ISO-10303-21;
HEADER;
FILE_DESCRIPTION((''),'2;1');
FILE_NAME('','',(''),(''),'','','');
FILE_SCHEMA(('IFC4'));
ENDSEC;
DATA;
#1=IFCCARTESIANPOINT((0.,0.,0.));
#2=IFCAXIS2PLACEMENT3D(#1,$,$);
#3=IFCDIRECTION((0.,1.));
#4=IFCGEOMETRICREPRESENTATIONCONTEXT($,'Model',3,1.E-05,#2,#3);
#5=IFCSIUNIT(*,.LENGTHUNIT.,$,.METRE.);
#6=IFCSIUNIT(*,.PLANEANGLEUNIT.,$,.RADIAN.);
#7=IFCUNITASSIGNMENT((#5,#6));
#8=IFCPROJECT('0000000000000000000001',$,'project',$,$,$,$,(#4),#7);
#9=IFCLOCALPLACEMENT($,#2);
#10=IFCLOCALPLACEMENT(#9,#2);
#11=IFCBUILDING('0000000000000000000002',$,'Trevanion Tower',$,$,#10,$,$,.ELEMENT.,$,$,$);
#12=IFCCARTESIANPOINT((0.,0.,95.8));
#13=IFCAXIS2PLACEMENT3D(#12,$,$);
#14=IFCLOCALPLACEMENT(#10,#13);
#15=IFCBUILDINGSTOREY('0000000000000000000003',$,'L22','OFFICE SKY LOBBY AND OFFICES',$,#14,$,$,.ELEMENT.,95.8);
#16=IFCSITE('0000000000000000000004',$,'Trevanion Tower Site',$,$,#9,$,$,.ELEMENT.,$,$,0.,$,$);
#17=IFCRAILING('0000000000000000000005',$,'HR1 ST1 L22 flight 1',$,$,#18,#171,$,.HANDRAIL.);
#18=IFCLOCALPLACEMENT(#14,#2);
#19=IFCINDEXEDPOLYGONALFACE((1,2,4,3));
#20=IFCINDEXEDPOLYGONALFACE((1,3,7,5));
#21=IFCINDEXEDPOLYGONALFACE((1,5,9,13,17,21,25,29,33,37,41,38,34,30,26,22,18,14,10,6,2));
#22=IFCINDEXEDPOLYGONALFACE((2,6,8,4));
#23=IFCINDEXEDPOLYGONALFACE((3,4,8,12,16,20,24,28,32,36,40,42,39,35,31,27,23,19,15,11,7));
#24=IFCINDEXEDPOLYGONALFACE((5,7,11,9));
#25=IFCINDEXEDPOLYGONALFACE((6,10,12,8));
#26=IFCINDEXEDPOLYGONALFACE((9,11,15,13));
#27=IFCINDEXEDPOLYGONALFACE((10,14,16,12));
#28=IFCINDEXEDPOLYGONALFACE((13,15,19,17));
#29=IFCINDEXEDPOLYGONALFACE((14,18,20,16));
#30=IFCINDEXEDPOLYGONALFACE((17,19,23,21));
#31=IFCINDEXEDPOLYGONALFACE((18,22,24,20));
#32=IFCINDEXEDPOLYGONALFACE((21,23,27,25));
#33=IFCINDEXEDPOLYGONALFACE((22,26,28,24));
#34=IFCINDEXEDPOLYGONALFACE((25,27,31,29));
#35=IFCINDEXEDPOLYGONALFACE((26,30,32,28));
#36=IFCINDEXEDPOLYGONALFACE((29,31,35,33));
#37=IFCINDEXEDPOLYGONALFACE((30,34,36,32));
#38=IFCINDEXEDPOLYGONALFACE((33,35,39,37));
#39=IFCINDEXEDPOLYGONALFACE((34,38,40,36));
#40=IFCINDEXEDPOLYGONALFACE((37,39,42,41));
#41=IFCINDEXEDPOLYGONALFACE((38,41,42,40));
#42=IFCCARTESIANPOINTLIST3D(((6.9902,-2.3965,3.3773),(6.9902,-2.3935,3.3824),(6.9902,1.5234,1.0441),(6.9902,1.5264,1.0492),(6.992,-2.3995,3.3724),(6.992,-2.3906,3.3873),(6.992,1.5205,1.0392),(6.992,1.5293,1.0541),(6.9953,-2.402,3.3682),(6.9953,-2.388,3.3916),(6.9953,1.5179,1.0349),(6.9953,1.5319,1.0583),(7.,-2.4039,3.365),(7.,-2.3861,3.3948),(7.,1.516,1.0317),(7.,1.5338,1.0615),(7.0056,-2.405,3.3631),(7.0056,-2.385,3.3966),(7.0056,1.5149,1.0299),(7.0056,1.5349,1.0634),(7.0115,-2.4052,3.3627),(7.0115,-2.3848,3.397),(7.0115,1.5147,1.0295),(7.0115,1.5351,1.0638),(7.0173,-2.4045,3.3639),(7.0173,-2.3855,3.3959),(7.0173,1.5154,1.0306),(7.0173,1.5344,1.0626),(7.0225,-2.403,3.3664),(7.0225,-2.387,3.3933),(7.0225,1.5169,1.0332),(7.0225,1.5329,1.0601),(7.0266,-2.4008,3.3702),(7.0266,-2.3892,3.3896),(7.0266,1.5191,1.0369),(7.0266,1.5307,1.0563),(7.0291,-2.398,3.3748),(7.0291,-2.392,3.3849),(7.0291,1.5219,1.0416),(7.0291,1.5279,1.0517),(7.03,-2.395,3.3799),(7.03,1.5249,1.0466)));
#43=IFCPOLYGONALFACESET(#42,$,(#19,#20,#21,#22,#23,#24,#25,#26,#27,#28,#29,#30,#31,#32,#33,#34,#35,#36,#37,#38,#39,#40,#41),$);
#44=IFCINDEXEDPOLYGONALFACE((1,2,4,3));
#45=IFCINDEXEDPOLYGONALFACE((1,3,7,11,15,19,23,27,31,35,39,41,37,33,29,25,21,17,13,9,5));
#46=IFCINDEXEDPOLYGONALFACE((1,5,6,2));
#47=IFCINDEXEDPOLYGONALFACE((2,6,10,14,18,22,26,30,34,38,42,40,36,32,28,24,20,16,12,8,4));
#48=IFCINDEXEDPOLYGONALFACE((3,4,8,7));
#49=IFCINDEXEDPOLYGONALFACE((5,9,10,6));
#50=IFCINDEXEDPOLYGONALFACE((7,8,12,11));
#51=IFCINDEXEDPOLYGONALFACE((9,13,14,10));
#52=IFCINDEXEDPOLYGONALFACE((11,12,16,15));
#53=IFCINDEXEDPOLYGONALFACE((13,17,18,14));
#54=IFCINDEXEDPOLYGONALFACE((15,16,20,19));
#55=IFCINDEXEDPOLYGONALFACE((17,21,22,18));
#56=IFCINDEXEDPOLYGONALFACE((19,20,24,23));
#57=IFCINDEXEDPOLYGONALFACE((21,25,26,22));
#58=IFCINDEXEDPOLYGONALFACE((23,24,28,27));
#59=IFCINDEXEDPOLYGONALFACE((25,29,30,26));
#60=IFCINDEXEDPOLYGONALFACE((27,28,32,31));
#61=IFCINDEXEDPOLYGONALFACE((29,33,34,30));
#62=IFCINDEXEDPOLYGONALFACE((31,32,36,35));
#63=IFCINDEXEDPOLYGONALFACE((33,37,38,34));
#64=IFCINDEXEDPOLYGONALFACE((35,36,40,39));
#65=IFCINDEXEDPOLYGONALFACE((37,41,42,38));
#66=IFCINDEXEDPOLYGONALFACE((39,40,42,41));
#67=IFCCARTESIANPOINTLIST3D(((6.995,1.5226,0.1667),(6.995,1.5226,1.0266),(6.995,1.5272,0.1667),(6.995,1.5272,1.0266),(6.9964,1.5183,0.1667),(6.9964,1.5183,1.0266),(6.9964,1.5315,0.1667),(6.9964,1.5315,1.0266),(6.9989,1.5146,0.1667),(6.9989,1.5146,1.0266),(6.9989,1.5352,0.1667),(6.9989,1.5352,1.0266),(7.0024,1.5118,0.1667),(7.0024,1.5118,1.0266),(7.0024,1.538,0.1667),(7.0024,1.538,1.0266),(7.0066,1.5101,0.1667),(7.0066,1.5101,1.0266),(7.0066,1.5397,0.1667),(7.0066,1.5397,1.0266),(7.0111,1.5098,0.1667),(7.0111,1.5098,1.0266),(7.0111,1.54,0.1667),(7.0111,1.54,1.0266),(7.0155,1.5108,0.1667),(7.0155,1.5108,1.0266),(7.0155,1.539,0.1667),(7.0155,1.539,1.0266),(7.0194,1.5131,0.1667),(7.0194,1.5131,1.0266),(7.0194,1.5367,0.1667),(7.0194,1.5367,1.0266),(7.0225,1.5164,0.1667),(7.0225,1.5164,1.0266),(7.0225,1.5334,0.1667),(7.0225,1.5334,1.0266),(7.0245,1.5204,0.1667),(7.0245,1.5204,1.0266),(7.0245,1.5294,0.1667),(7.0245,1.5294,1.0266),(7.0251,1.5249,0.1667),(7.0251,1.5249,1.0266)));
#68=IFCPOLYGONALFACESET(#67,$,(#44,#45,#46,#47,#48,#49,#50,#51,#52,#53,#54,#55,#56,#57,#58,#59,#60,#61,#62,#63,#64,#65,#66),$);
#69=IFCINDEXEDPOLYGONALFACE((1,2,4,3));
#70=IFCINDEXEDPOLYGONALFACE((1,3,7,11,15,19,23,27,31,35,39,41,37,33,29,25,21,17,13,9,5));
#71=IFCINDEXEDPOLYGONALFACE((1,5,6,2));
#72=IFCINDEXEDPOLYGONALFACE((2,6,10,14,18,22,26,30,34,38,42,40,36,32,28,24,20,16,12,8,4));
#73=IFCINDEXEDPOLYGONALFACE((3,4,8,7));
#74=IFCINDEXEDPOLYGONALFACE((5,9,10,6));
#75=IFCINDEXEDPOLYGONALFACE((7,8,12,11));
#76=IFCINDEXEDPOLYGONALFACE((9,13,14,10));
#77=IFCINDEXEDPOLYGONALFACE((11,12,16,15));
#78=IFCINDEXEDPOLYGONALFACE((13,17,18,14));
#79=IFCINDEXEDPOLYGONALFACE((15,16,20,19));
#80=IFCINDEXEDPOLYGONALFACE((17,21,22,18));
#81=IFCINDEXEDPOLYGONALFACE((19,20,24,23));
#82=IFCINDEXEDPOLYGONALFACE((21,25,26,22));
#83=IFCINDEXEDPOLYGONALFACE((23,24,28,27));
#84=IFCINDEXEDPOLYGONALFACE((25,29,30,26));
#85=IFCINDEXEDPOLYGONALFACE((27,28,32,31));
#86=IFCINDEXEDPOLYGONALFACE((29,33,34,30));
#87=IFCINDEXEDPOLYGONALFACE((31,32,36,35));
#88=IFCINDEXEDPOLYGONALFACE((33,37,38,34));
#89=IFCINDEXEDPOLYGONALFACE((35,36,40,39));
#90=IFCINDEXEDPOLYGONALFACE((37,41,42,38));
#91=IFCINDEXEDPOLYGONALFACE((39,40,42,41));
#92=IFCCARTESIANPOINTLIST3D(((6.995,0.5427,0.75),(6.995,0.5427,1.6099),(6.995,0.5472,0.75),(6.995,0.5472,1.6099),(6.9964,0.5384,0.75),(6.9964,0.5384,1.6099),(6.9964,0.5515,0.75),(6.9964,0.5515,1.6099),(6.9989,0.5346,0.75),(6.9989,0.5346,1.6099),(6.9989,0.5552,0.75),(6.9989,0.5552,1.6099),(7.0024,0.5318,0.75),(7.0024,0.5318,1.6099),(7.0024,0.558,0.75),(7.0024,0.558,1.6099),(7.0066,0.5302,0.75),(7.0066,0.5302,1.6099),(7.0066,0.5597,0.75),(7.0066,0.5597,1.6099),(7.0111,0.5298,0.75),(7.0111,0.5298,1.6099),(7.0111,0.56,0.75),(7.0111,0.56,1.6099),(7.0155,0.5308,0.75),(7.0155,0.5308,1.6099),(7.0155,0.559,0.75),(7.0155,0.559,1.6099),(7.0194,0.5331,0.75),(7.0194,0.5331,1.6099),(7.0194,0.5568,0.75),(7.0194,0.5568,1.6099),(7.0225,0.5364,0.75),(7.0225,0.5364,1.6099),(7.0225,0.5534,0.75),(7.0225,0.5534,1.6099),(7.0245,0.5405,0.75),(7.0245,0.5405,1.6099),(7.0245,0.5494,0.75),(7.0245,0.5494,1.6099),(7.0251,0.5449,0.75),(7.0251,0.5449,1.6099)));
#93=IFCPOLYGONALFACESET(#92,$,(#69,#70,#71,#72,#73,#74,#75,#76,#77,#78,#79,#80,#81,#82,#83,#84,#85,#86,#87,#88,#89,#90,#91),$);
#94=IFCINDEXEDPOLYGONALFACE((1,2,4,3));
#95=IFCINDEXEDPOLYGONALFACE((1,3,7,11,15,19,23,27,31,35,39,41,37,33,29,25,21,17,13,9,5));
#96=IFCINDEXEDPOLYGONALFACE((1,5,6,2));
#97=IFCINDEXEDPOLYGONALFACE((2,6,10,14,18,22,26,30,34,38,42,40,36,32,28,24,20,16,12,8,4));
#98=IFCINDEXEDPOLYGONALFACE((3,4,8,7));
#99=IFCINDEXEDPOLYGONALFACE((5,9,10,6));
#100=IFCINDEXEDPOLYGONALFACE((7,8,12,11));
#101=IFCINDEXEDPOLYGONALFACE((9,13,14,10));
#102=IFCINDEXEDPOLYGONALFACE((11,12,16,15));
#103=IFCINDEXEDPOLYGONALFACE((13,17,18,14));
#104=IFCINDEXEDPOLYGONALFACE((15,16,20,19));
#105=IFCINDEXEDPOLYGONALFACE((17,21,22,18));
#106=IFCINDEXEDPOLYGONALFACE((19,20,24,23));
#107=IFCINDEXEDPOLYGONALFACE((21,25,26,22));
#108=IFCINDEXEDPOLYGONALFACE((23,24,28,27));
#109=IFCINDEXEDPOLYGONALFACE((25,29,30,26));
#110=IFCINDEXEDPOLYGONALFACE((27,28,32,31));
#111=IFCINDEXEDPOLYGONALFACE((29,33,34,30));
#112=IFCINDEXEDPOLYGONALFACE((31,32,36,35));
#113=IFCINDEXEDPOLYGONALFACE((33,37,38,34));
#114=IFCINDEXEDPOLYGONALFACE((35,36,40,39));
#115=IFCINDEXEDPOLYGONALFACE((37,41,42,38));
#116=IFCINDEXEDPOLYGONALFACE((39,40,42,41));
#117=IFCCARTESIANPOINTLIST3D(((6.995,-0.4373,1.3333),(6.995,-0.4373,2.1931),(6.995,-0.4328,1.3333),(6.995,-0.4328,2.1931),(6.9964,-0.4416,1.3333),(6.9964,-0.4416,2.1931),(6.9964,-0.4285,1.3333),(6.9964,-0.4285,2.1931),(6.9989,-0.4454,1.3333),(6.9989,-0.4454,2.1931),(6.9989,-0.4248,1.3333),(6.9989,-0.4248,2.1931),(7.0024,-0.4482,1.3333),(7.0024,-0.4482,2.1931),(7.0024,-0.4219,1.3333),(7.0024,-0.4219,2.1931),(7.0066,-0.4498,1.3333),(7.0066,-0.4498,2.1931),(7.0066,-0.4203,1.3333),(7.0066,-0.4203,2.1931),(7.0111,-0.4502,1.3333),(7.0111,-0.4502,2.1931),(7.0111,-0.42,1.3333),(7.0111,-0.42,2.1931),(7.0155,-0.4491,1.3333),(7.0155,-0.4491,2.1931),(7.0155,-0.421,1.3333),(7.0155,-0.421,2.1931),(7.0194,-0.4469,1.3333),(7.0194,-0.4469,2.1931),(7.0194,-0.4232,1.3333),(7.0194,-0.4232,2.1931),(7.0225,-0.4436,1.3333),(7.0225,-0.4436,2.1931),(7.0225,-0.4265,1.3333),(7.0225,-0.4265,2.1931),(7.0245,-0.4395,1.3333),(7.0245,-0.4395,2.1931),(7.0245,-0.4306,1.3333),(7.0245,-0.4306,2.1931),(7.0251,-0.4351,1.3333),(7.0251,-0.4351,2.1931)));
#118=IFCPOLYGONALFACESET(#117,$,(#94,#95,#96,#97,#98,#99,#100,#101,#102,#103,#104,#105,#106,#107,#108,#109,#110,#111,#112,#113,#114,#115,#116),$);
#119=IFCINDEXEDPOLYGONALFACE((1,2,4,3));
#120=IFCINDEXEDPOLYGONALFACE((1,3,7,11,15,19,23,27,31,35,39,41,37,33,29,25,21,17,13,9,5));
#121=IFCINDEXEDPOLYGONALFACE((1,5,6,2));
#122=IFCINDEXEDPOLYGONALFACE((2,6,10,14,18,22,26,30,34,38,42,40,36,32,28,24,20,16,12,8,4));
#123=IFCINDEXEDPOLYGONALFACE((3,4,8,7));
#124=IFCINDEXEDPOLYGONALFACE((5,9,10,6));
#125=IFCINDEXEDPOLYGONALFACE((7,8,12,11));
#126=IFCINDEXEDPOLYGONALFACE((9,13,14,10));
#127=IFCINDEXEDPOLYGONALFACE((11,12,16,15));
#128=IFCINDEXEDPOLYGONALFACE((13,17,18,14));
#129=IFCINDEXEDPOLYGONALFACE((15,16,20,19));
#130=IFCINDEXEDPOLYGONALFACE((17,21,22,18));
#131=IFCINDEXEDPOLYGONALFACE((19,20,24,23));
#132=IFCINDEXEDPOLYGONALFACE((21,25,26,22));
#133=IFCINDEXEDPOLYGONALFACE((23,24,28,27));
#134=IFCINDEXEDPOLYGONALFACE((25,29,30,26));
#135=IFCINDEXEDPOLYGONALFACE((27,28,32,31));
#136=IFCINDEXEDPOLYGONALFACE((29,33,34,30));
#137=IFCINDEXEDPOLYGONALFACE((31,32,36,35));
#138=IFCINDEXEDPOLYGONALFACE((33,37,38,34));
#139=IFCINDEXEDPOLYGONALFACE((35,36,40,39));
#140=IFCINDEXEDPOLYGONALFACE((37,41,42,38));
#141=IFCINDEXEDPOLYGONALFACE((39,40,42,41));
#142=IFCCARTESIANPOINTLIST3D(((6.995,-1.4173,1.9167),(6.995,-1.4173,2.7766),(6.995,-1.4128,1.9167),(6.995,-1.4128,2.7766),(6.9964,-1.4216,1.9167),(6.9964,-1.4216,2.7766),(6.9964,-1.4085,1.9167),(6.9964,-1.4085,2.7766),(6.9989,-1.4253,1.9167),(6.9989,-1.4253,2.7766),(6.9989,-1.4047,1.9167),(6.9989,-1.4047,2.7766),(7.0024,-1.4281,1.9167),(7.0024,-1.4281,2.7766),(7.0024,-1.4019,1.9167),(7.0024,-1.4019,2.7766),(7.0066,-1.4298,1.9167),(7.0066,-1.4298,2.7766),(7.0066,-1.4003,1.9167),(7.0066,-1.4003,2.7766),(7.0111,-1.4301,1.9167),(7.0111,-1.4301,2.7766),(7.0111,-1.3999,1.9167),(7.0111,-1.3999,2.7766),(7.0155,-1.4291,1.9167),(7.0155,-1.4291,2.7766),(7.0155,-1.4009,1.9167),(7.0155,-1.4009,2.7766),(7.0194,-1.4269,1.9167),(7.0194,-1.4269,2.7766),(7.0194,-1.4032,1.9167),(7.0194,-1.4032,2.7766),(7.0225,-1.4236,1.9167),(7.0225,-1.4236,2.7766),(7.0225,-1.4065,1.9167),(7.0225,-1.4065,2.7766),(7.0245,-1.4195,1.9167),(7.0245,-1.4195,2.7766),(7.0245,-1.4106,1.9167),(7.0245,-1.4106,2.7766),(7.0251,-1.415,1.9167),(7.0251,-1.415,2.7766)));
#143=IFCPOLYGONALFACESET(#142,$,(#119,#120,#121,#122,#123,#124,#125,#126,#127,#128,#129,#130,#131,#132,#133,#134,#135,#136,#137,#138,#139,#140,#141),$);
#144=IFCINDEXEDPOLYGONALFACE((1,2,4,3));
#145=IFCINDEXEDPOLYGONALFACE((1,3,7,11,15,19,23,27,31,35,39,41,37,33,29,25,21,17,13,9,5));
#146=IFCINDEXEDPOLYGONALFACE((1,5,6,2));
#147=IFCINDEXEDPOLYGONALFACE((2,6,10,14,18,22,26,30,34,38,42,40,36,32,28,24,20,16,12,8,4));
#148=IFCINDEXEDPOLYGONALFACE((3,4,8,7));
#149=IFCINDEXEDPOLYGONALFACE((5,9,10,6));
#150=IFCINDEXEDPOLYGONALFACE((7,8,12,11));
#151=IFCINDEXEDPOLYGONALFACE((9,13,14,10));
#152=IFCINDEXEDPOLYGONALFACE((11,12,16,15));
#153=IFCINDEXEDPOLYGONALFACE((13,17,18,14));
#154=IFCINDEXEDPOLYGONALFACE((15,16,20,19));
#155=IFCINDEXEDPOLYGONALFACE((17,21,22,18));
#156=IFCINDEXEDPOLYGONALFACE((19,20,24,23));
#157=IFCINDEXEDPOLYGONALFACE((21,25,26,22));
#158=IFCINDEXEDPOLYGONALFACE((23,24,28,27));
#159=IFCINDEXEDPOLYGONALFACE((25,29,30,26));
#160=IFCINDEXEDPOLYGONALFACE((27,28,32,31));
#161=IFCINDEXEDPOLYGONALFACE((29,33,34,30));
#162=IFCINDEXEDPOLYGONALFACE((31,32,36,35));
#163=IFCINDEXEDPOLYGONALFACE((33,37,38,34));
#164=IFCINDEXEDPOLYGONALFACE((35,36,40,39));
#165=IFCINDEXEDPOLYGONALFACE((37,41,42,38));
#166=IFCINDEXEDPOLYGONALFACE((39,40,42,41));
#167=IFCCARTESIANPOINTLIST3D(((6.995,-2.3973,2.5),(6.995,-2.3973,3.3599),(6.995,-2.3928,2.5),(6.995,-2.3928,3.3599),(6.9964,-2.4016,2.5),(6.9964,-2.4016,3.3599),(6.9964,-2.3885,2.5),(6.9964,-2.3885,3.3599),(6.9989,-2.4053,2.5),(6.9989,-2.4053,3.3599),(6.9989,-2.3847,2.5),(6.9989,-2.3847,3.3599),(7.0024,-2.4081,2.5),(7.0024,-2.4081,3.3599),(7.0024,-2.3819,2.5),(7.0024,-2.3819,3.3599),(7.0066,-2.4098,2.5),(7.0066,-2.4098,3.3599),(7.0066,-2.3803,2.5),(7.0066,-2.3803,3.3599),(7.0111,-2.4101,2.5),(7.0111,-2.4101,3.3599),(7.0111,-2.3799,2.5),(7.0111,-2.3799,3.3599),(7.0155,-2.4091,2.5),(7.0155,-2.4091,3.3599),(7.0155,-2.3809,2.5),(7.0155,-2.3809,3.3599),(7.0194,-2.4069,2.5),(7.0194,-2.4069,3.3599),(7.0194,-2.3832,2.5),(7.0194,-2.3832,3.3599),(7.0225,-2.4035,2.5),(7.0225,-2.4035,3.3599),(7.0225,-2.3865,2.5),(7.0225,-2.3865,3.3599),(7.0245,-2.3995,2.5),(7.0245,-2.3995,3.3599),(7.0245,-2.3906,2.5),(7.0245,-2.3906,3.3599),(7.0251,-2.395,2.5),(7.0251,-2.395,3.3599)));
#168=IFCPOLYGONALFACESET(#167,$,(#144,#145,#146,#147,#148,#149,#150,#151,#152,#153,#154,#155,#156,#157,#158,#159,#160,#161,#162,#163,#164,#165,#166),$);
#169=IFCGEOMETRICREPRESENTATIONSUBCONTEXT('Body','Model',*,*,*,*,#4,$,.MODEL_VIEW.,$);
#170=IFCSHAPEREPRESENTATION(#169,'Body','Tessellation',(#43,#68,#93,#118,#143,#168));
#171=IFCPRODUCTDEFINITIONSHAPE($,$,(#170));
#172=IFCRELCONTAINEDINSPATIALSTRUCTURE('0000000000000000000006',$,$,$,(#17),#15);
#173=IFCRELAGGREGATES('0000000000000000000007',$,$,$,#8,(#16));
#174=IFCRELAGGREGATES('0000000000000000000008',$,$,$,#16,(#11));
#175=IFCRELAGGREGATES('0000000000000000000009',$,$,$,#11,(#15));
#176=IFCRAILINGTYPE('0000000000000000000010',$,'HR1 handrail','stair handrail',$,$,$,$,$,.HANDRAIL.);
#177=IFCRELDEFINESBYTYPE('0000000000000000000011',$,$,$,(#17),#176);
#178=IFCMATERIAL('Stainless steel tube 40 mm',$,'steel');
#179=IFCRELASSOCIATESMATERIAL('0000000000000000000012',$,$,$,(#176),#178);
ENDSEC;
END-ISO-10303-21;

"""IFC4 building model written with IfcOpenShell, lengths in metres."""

from ifc_helpers import new_model, si_unit, direction, frame, origin, origin_2d, place, context, subcontext, project, spatial, circle, extrude, material, type_object, element, save


model = new_model("IFC4")

# Units and contexts
model_context = context("Model", 3, precision=1e-05, world=origin(), true_north=direction((0.0, 1.0)))
body_context = subcontext(model_context, "Body", "Model", "MODEL_VIEW")
ifc_project = project(units=[si_unit("LENGTHUNIT", "METRE"), si_unit("PLANEANGLEUNIT", "RADIAN")], contexts=[model_context])

# Site, building, storey
site_placement = place(None, origin())
site = spatial("IfcSite", under=ifc_project, at=site_placement, Name="Trevanion Tower Site", CompositionType="ELEMENT", RefElevation=0.0)
building_placement = place(site_placement, origin())
building = spatial("IfcBuilding", under=site, at=building_placement, Name="Trevanion Tower", CompositionType="ELEMENT")
storey_placement = place(building_placement, frame((0.0, 0.0, 95.8)))
storey = spatial("IfcBuildingStorey", under=building, at=storey_placement, Name="L22", Description="OFFICE SKY LOBBY AND OFFICES", CompositionType="ELEMENT", Elevation=95.8)

# Railing
ifc_material_1 = material(Name="Stainless steel tube 40 mm", Category="steel")
railing_type = type_object("IfcRailingType", Name="HR1 handrail", Description="stair handrail", PredefinedType="HANDRAIL", material=ifc_material_1)
for number, where, name in (
    (1, (7.01, 1.5249, 0.1667), "HR1 ST1 L22 flight 1"),
):
    element("IfcRailing", number, at=place(storey_placement, frame(where)), inside=storey, type_object=railing_type, Name=name, PredefinedType="HANDRAIL", context=body_context, shape_type="SweptSolid", body=[
        extrude(circle(Radius=0.02, at=origin_2d()), frame((0.0, 0.0, 0.8799), z_axis=(0.0, -0.859296, 0.511478), x_axis=(1.0, 0.0, 0.0)), (0.0, 0.0, 1.0), 4.5618),
        extrude(circle(Radius=0.0151, at=origin_2d()), origin(), (0.0, 0.0, 1.0), 0.8599),
        extrude(circle(Radius=0.0151, at=origin_2d()), frame((0.0, -0.98, 0.5833)), (0.0, 0.0, 1.0), 0.8599),
        extrude(circle(Radius=0.0151, at=origin_2d()), frame((0.0, -1.96, 1.1665)), (0.0, 0.0, 1.0), 0.8599),
        extrude(circle(Radius=0.0151, at=origin_2d()), frame((0.0, -2.9399, 1.75)), (0.0, 0.0, 1.0), 0.8599),
        extrude(circle(Radius=0.0151, at=origin_2d()), frame((0.0, -3.9199, 2.3333)), (0.0, 0.0, 1.0), 0.8599),
    ])

save(model, "model.ifc")
